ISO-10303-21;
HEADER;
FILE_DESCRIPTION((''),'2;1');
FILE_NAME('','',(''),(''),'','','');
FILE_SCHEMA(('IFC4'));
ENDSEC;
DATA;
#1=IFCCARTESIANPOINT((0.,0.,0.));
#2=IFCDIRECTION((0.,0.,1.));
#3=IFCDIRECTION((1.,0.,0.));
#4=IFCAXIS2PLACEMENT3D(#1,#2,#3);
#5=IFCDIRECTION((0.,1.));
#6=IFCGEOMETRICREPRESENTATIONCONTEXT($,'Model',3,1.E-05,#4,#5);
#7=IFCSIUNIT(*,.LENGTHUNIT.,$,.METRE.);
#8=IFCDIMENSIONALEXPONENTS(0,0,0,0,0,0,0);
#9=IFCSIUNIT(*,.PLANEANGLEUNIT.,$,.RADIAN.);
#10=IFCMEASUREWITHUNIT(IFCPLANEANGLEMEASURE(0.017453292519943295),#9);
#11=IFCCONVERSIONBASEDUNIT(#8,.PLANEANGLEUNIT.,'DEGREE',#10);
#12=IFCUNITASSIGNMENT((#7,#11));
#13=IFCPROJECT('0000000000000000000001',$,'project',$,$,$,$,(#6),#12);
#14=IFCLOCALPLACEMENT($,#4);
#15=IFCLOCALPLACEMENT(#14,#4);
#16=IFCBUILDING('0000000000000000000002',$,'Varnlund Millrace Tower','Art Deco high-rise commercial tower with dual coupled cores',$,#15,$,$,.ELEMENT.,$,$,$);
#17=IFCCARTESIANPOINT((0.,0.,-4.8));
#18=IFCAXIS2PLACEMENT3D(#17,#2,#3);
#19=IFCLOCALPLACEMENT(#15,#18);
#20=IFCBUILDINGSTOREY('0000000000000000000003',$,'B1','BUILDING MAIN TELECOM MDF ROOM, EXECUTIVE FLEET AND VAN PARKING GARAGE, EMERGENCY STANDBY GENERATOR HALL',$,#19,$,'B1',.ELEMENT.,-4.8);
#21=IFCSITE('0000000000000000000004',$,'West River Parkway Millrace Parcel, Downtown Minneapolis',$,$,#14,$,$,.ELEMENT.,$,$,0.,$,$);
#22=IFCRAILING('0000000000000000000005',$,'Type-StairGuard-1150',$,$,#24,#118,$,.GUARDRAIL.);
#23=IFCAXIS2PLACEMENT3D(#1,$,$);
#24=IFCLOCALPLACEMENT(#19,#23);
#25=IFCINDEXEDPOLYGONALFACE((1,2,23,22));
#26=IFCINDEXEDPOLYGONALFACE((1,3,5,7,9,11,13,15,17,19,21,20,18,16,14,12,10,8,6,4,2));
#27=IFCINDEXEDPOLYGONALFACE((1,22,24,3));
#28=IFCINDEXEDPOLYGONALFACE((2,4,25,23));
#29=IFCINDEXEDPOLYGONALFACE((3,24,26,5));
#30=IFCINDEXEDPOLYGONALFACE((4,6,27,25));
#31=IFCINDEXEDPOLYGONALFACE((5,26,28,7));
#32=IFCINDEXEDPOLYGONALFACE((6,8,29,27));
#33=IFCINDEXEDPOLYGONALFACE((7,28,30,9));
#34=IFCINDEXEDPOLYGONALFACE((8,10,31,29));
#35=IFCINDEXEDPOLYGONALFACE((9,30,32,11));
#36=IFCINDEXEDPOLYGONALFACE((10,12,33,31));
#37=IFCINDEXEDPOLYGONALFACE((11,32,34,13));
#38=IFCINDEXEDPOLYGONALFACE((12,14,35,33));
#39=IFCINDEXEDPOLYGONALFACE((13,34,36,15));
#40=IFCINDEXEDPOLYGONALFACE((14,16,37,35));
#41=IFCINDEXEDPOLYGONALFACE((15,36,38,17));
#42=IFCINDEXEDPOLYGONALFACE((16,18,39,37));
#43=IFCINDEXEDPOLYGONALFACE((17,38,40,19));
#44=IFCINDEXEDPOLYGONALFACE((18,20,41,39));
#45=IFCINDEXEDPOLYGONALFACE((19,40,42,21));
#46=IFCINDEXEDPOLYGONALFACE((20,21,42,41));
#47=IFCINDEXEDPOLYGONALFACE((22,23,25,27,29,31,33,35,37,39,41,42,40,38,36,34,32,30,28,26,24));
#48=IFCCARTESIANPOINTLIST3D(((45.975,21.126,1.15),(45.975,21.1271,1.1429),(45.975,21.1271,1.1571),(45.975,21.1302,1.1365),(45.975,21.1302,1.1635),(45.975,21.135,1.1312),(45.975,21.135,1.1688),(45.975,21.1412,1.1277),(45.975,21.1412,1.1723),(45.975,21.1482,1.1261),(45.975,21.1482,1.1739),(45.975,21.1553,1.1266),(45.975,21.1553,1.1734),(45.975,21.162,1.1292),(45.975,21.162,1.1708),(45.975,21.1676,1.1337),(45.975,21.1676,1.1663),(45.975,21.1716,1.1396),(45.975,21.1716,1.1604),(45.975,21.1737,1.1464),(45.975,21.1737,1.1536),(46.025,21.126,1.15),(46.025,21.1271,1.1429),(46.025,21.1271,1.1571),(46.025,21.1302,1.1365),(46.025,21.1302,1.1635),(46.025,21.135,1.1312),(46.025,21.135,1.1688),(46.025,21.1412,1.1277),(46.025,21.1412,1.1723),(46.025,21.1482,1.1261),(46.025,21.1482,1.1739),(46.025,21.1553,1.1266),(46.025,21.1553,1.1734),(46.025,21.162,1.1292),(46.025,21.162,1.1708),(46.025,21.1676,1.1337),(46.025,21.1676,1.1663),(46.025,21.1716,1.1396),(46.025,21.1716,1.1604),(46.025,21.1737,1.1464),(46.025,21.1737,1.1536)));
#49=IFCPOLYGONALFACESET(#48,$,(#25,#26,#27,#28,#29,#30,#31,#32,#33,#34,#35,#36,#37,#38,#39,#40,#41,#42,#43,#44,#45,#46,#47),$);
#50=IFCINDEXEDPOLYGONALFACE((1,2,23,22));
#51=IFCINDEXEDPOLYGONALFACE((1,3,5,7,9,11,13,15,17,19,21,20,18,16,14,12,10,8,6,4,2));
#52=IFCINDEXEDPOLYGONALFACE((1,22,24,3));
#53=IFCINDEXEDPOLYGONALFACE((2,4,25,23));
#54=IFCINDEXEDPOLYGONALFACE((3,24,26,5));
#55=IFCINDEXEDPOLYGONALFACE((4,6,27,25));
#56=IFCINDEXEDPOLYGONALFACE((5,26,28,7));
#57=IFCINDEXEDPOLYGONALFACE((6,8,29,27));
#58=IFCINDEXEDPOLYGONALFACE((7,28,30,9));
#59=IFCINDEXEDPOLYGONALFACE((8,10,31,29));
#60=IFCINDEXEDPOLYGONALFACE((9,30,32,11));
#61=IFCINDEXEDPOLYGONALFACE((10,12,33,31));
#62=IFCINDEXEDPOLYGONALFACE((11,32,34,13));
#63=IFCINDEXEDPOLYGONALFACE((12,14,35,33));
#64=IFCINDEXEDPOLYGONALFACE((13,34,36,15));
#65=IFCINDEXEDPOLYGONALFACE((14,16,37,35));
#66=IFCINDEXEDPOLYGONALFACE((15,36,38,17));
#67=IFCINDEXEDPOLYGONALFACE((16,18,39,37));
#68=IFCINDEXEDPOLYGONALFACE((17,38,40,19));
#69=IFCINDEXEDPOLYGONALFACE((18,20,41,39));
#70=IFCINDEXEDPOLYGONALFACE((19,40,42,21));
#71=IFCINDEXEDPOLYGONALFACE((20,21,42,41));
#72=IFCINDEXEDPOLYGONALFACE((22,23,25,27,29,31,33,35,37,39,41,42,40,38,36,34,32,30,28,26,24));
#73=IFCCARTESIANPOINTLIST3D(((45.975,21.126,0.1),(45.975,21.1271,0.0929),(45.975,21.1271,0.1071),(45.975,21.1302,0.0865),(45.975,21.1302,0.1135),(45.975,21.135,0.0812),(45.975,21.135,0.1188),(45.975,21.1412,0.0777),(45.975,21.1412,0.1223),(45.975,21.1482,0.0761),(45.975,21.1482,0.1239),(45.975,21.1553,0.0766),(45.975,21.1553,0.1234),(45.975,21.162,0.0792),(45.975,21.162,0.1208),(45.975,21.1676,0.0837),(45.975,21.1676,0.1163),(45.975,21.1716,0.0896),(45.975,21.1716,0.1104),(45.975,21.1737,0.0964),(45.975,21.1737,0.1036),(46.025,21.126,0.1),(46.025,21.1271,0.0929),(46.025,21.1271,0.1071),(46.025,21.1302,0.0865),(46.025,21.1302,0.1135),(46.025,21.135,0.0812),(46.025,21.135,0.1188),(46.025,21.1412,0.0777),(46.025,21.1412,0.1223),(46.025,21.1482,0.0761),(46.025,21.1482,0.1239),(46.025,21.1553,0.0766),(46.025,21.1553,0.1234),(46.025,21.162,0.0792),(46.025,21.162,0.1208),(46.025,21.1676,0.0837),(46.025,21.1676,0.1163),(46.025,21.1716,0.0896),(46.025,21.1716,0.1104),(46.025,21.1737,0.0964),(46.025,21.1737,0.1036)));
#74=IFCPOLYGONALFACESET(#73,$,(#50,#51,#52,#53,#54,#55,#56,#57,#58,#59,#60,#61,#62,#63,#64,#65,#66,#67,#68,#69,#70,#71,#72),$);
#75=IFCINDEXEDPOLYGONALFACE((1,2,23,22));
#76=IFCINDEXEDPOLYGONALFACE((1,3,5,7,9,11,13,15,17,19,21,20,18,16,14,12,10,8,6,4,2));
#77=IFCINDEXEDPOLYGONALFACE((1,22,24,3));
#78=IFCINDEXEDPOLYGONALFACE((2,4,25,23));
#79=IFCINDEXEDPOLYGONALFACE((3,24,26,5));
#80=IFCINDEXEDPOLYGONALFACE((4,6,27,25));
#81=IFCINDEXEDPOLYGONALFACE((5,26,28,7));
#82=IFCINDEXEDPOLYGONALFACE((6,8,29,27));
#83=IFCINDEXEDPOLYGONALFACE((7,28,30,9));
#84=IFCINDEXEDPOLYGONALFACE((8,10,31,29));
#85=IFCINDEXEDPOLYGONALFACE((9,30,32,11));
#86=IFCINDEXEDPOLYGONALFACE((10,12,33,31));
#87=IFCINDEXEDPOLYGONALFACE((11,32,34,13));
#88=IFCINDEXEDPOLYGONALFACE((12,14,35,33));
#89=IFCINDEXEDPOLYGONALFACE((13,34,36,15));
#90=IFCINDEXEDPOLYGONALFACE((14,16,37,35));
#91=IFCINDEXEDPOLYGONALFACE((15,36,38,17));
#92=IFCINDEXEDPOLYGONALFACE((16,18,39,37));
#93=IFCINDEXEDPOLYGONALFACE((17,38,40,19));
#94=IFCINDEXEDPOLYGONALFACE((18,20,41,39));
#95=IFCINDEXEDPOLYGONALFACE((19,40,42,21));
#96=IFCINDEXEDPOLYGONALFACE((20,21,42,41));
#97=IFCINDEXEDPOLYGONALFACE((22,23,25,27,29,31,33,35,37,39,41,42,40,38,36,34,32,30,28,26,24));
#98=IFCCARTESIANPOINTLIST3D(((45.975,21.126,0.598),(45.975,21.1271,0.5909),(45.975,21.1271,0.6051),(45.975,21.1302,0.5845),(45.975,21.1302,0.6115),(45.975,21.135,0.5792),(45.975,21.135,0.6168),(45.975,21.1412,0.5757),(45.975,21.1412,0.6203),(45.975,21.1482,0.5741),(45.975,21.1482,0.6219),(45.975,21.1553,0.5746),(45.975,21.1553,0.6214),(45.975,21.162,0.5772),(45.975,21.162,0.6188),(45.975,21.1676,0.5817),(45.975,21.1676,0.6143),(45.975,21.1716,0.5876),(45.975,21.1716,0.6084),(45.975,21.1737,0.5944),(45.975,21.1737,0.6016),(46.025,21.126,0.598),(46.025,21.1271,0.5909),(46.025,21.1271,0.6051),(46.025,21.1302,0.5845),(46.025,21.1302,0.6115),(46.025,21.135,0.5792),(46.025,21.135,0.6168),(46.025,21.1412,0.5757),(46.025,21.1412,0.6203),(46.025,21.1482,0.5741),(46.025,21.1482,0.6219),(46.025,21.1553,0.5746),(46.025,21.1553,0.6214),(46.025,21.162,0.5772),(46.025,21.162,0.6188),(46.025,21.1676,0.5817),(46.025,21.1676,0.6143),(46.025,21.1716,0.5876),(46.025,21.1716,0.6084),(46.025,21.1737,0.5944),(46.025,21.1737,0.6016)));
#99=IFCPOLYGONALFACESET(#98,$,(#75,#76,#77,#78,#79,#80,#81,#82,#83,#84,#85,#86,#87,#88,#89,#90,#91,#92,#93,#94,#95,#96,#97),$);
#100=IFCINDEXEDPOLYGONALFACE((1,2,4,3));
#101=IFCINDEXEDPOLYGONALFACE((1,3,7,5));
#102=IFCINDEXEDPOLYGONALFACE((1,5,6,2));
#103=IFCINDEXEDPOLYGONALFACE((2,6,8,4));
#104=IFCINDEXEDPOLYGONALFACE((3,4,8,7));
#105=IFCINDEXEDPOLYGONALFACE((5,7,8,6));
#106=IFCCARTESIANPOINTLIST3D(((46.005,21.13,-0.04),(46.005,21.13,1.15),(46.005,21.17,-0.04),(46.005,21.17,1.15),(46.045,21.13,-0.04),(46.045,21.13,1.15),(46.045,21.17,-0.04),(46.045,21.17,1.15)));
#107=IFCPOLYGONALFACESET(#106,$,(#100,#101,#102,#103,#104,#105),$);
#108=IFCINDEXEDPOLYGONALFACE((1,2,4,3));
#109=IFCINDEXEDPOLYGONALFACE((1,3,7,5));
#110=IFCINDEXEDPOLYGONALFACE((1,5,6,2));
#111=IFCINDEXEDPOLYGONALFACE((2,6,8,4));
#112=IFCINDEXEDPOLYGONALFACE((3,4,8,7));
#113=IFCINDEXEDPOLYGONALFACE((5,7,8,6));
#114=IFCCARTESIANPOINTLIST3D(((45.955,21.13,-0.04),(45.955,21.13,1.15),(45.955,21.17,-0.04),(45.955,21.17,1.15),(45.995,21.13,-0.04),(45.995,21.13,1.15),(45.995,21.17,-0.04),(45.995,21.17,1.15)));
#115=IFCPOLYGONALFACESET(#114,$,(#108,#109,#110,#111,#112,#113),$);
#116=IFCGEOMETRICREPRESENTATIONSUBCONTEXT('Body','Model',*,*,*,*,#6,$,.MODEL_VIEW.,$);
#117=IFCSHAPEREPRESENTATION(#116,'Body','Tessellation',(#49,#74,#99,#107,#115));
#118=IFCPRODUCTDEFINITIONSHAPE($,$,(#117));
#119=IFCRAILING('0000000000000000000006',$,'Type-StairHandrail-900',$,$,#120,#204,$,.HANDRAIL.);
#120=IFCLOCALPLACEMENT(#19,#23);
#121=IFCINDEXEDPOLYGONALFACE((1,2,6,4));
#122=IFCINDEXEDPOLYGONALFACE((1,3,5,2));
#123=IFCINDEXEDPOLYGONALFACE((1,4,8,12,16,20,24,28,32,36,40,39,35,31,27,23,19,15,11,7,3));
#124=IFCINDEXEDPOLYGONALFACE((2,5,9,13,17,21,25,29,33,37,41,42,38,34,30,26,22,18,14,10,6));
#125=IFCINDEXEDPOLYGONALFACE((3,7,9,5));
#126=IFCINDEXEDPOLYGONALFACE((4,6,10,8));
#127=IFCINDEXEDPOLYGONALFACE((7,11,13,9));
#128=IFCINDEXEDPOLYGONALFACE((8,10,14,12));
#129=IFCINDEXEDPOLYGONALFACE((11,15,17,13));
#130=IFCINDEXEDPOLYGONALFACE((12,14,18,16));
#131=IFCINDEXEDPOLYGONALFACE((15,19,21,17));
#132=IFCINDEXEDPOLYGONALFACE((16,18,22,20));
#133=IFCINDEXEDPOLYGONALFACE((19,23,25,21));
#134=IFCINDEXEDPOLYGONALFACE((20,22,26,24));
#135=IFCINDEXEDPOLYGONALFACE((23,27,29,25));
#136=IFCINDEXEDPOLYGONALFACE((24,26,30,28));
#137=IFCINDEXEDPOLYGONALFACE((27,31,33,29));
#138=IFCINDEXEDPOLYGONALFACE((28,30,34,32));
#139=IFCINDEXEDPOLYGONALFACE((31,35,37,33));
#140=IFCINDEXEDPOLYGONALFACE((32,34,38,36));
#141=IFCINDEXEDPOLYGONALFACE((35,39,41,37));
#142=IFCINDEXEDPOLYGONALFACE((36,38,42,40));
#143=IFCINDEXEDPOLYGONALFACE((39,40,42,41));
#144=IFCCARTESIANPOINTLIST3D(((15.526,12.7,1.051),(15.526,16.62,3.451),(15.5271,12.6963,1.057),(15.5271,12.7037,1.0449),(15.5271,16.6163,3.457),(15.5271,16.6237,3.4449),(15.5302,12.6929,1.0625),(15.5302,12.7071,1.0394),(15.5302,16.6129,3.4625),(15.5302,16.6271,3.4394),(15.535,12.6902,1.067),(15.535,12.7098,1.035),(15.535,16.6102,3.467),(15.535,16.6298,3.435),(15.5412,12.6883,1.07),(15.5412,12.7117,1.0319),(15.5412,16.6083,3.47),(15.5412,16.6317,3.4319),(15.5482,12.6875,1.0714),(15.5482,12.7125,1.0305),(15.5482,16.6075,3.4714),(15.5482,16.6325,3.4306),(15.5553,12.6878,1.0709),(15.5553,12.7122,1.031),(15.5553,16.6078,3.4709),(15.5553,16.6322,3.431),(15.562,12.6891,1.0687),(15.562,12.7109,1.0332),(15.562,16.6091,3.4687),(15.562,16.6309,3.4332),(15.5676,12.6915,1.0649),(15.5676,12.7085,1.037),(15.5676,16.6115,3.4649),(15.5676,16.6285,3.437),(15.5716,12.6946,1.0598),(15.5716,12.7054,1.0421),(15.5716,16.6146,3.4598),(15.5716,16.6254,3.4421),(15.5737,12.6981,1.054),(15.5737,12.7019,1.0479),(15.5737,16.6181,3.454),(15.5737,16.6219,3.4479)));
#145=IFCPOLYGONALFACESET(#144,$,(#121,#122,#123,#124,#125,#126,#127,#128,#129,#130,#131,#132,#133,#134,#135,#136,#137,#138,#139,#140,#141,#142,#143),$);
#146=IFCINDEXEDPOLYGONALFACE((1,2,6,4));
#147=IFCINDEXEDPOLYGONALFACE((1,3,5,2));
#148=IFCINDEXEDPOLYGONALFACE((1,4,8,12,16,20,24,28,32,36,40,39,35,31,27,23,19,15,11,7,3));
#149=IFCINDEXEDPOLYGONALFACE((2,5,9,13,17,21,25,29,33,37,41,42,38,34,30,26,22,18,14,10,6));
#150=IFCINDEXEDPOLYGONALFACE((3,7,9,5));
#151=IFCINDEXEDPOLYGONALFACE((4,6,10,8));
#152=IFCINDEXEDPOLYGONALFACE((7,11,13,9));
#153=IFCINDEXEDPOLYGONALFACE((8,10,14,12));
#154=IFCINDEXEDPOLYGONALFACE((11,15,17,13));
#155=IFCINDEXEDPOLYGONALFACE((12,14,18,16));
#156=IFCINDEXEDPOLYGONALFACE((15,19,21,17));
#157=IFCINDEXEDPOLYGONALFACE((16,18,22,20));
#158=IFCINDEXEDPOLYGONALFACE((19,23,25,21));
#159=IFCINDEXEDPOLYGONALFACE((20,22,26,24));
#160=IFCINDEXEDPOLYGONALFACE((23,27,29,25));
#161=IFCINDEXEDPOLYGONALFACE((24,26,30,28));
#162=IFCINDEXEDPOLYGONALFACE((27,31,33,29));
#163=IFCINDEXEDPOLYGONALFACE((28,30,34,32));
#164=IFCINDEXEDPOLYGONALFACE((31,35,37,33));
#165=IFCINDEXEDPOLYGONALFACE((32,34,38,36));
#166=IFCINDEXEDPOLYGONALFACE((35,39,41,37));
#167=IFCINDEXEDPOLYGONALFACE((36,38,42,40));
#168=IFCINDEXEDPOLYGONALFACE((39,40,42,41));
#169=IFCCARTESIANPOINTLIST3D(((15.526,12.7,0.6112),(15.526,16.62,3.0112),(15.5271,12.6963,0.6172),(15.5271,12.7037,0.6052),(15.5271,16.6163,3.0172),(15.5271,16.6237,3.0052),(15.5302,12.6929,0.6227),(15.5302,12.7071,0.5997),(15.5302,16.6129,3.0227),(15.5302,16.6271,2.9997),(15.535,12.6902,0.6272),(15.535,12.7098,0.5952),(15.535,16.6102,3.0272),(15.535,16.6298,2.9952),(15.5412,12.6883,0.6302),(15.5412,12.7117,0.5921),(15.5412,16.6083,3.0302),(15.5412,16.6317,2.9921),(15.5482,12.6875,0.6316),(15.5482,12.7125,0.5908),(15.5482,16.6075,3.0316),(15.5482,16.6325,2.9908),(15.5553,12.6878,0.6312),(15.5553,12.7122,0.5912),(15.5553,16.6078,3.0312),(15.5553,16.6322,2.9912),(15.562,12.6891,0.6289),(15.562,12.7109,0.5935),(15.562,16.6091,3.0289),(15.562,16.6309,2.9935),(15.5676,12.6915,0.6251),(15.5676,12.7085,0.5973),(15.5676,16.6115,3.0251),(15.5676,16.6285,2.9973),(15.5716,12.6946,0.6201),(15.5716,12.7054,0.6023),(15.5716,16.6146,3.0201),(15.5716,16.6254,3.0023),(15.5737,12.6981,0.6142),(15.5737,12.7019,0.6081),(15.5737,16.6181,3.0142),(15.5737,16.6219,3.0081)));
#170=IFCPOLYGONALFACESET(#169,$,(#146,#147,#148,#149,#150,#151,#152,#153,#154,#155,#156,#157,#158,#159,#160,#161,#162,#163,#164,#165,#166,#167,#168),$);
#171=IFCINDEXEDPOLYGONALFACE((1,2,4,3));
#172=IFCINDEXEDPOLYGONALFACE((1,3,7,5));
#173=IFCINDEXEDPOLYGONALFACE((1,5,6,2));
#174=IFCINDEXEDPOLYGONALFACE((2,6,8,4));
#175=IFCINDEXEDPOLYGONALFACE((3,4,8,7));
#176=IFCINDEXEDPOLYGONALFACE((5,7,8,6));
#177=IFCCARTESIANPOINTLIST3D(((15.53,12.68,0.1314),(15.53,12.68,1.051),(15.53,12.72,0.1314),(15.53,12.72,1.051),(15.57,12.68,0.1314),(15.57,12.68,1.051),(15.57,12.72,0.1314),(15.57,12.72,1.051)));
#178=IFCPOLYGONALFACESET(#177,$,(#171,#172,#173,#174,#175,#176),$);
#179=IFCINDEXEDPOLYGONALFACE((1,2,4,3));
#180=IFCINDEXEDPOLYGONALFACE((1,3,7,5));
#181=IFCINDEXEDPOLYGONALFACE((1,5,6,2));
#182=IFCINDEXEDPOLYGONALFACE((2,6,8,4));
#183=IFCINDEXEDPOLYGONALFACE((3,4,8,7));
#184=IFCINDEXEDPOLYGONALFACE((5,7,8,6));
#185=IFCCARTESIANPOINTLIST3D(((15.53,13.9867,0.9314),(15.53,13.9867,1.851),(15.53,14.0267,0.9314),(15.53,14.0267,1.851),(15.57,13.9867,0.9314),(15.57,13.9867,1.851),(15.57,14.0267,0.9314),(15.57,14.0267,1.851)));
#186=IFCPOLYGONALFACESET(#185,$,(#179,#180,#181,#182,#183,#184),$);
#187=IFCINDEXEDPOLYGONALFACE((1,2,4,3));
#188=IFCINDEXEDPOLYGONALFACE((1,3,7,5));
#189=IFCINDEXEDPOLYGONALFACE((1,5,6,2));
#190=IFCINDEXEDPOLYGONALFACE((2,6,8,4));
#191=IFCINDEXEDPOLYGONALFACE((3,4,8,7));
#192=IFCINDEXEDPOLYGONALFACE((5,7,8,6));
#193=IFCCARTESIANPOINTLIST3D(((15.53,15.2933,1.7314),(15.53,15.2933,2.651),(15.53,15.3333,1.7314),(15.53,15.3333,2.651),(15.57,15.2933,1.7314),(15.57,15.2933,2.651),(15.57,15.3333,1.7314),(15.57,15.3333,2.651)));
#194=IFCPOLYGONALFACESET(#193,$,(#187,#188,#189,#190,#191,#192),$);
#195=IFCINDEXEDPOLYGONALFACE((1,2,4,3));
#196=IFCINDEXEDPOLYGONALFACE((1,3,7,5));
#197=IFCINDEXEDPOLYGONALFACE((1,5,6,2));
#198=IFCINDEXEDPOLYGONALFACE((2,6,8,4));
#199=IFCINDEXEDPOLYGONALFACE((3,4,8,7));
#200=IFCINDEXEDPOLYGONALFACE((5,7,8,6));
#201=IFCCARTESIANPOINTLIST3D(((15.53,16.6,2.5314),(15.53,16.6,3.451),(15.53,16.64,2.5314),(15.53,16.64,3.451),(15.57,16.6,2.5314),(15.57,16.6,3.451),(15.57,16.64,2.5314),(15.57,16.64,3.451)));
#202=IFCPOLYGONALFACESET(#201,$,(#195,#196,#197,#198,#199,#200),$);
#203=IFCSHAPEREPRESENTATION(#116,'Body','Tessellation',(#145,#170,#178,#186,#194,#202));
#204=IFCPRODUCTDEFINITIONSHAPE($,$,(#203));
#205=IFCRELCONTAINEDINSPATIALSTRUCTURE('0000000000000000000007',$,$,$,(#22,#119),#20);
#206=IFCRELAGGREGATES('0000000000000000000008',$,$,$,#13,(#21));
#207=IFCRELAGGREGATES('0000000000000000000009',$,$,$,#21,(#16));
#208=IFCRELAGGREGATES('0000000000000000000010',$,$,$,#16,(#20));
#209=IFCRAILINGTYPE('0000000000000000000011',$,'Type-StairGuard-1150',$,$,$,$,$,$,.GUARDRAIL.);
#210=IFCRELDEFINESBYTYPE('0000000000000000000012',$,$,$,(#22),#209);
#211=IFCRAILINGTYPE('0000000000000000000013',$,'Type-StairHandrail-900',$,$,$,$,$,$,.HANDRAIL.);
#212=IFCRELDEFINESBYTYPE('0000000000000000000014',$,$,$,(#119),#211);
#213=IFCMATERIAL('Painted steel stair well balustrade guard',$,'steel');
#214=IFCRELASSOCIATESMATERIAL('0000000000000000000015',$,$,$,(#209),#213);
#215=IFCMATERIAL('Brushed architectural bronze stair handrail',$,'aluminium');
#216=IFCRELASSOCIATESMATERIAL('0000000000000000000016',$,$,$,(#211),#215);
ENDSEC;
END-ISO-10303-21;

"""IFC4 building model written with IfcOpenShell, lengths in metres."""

from ifc_helpers import new_model, entity, si_unit, converted_unit, direction, frame, origin_with_axes, origin_2d_with_axis, place, context, subcontext, project, spatial, rectangle, circle, extrude, material, type_object, element, save


model = new_model("IFC4")

# Units and contexts
model_context = context("Model", 3, precision=1e-05, world=origin_with_axes(), true_north=direction((0.0, 1.0)))
body_context = subcontext(model_context, "Body", "Model", "MODEL_VIEW")
ifc_project = project(units=[si_unit("LENGTHUNIT", "METRE"), converted_unit("PLANEANGLEUNIT", "DEGREE", entity("IfcPlaneAngleMeasure", 0.017453292519943295), si_unit("PLANEANGLEUNIT", "RADIAN"), dimensions=[0, 0, 0, 0, 0, 0, 0])], contexts=[model_context])

# Site, building, storey
site_placement = place(None, origin_with_axes())
site = spatial("IfcSite", under=ifc_project, at=site_placement, Name="West River Parkway Millrace Parcel, Downtown Minneapolis", CompositionType="ELEMENT", RefElevation=0.0)
building_placement = place(site_placement, origin_with_axes())
building = spatial("IfcBuilding", under=site, at=building_placement, Name="Varnlund Millrace Tower", Description="Art Deco high-rise commercial tower with dual coupled cores", CompositionType="ELEMENT")
storey_placement = place(building_placement, frame((0.0, 0.0, -4.8), z_axis=(0.0, 0.0, 1.0), x_axis=(1.0, 0.0, 0.0)))
storey = spatial("IfcBuildingStorey", under=building, at=storey_placement, Name="B1", Description="BUILDING MAIN TELECOM MDF ROOM, EXECUTIVE FLEET AND VAN PARKING GARAGE, EMERGENCY STANDBY GENERATOR HALL", LongName="B1", CompositionType="ELEMENT", Elevation=-4.8)

# Railings
ifc_material_1 = material(Name="Painted steel stair well balustrade guard", Category="steel")
railing_type_1 = type_object("IfcRailingType", Name="Type-StairGuard-1150", PredefinedType="GUARDRAIL", material=ifc_material_1)
railing_1_placement = place(storey_placement, frame((0.0, 0.0, 4.8), z_axis=(0.0, 0.0, 1.0), x_axis=(1.0, 0.0, 0.0)))
element("IfcRailing", 1, at=railing_1_placement, inside=storey, type_object=railing_type_1, Name="Type-StairGuard-1150", PredefinedType="GUARDRAIL", context=body_context, shape_type="SweptSolid", body=[
    extrude(circle(Radius=0.024, at=origin_2d_with_axis()), frame((46.025, 21.15, -3.65), z_axis=(-1.0, 0.0, 0.0), x_axis=(0.0, -1.0, 0.0)), (0.0, 0.0, 1.0), 0.05),
    extrude(circle(Radius=0.024, at=origin_2d_with_axis()), frame((46.025, 21.15, -4.7), z_axis=(-1.0, 0.0, 0.0), x_axis=(0.0, -1.0, 0.0)), (0.0, 0.0, 1.0), 0.05),
    extrude(circle(Radius=0.024, at=origin_2d_with_axis()), frame((46.025, 21.15, -4.202), z_axis=(-1.0, 0.0, 0.0), x_axis=(0.0, -1.0, 0.0)), (0.0, 0.0, 1.0), 0.05),
    extrude(rectangle(XDim=0.04, YDim=0.04, at=origin_2d_with_axis()), frame((46.025, 21.15, -4.84), z_axis=(0.0, 0.0, 1.0), x_axis=(1.0, 0.0, 0.0)), (0.0, 0.0, 1.0), 1.19),
    extrude(rectangle(XDim=0.04, YDim=0.04, at=origin_2d_with_axis()), frame((45.975, 21.15, -4.84), z_axis=(0.0, 0.0, 1.0), x_axis=(1.0, 0.0, 0.0)), (0.0, 0.0, 1.0), 1.19),
])
ifc_material_2 = material(Name="Brushed architectural bronze stair handrail", Category="aluminium")
railing_type_2 = type_object("IfcRailingType", Name="Type-StairHandrail-900", PredefinedType="HANDRAIL", material=ifc_material_2)
railing_2_placement = place(storey_placement, frame((0.0, 0.0, 4.8), z_axis=(0.0, 0.0, 1.0), x_axis=(1.0, 0.0, 0.0)))
element("IfcRailing", 2, at=railing_2_placement, inside=storey, type_object=railing_type_2, Name="Type-StairHandrail-900", PredefinedType="HANDRAIL", context=body_context, shape_type="SweptSolid", body=[
    extrude(circle(Radius=0.024, at=origin_2d_with_axis()), frame((15.55, 12.7, -3.749), z_axis=(0.0, 0.852851, 0.522154), x_axis=(-1.0, 0.0, 0.0)), (0.0, 0.0, 1.0), 4.5963),
    extrude(circle(Radius=0.024, at=origin_2d_with_axis()), frame((15.55, 12.7, -4.1888), z_axis=(0.0, 0.852851, 0.522154), x_axis=(-1.0, 0.0, 0.0)), (0.0, 0.0, 1.0), 4.5963),
    extrude(rectangle(XDim=0.04, YDim=0.04, at=origin_2d_with_axis()), frame((15.55, 12.7, -4.6686), z_axis=(0.0, 0.0, 1.0), x_axis=(1.0, 0.0, 0.0)), (0.0, 0.0, 1.0), 0.9195),
    extrude(rectangle(XDim=0.04, YDim=0.04, at=origin_2d_with_axis()), frame((15.55, 14.0067, -3.8686), z_axis=(0.0, 0.0, 1.0), x_axis=(1.0, 0.0, 0.0)), (0.0, 0.0, 1.0), 0.9195),
    extrude(rectangle(XDim=0.04, YDim=0.04, at=origin_2d_with_axis()), frame((15.55, 15.3133, -3.0686), z_axis=(0.0, 0.0, 1.0), x_axis=(1.0, 0.0, 0.0)), (0.0, 0.0, 1.0), 0.9195),
    extrude(rectangle(XDim=0.04, YDim=0.04, at=origin_2d_with_axis()), frame((15.55, 16.62, -2.2686), z_axis=(0.0, 0.0, 1.0), x_axis=(1.0, 0.0, 0.0)), (0.0, 0.0, 1.0), 0.9195),
])

save(model, "model.ifc")
